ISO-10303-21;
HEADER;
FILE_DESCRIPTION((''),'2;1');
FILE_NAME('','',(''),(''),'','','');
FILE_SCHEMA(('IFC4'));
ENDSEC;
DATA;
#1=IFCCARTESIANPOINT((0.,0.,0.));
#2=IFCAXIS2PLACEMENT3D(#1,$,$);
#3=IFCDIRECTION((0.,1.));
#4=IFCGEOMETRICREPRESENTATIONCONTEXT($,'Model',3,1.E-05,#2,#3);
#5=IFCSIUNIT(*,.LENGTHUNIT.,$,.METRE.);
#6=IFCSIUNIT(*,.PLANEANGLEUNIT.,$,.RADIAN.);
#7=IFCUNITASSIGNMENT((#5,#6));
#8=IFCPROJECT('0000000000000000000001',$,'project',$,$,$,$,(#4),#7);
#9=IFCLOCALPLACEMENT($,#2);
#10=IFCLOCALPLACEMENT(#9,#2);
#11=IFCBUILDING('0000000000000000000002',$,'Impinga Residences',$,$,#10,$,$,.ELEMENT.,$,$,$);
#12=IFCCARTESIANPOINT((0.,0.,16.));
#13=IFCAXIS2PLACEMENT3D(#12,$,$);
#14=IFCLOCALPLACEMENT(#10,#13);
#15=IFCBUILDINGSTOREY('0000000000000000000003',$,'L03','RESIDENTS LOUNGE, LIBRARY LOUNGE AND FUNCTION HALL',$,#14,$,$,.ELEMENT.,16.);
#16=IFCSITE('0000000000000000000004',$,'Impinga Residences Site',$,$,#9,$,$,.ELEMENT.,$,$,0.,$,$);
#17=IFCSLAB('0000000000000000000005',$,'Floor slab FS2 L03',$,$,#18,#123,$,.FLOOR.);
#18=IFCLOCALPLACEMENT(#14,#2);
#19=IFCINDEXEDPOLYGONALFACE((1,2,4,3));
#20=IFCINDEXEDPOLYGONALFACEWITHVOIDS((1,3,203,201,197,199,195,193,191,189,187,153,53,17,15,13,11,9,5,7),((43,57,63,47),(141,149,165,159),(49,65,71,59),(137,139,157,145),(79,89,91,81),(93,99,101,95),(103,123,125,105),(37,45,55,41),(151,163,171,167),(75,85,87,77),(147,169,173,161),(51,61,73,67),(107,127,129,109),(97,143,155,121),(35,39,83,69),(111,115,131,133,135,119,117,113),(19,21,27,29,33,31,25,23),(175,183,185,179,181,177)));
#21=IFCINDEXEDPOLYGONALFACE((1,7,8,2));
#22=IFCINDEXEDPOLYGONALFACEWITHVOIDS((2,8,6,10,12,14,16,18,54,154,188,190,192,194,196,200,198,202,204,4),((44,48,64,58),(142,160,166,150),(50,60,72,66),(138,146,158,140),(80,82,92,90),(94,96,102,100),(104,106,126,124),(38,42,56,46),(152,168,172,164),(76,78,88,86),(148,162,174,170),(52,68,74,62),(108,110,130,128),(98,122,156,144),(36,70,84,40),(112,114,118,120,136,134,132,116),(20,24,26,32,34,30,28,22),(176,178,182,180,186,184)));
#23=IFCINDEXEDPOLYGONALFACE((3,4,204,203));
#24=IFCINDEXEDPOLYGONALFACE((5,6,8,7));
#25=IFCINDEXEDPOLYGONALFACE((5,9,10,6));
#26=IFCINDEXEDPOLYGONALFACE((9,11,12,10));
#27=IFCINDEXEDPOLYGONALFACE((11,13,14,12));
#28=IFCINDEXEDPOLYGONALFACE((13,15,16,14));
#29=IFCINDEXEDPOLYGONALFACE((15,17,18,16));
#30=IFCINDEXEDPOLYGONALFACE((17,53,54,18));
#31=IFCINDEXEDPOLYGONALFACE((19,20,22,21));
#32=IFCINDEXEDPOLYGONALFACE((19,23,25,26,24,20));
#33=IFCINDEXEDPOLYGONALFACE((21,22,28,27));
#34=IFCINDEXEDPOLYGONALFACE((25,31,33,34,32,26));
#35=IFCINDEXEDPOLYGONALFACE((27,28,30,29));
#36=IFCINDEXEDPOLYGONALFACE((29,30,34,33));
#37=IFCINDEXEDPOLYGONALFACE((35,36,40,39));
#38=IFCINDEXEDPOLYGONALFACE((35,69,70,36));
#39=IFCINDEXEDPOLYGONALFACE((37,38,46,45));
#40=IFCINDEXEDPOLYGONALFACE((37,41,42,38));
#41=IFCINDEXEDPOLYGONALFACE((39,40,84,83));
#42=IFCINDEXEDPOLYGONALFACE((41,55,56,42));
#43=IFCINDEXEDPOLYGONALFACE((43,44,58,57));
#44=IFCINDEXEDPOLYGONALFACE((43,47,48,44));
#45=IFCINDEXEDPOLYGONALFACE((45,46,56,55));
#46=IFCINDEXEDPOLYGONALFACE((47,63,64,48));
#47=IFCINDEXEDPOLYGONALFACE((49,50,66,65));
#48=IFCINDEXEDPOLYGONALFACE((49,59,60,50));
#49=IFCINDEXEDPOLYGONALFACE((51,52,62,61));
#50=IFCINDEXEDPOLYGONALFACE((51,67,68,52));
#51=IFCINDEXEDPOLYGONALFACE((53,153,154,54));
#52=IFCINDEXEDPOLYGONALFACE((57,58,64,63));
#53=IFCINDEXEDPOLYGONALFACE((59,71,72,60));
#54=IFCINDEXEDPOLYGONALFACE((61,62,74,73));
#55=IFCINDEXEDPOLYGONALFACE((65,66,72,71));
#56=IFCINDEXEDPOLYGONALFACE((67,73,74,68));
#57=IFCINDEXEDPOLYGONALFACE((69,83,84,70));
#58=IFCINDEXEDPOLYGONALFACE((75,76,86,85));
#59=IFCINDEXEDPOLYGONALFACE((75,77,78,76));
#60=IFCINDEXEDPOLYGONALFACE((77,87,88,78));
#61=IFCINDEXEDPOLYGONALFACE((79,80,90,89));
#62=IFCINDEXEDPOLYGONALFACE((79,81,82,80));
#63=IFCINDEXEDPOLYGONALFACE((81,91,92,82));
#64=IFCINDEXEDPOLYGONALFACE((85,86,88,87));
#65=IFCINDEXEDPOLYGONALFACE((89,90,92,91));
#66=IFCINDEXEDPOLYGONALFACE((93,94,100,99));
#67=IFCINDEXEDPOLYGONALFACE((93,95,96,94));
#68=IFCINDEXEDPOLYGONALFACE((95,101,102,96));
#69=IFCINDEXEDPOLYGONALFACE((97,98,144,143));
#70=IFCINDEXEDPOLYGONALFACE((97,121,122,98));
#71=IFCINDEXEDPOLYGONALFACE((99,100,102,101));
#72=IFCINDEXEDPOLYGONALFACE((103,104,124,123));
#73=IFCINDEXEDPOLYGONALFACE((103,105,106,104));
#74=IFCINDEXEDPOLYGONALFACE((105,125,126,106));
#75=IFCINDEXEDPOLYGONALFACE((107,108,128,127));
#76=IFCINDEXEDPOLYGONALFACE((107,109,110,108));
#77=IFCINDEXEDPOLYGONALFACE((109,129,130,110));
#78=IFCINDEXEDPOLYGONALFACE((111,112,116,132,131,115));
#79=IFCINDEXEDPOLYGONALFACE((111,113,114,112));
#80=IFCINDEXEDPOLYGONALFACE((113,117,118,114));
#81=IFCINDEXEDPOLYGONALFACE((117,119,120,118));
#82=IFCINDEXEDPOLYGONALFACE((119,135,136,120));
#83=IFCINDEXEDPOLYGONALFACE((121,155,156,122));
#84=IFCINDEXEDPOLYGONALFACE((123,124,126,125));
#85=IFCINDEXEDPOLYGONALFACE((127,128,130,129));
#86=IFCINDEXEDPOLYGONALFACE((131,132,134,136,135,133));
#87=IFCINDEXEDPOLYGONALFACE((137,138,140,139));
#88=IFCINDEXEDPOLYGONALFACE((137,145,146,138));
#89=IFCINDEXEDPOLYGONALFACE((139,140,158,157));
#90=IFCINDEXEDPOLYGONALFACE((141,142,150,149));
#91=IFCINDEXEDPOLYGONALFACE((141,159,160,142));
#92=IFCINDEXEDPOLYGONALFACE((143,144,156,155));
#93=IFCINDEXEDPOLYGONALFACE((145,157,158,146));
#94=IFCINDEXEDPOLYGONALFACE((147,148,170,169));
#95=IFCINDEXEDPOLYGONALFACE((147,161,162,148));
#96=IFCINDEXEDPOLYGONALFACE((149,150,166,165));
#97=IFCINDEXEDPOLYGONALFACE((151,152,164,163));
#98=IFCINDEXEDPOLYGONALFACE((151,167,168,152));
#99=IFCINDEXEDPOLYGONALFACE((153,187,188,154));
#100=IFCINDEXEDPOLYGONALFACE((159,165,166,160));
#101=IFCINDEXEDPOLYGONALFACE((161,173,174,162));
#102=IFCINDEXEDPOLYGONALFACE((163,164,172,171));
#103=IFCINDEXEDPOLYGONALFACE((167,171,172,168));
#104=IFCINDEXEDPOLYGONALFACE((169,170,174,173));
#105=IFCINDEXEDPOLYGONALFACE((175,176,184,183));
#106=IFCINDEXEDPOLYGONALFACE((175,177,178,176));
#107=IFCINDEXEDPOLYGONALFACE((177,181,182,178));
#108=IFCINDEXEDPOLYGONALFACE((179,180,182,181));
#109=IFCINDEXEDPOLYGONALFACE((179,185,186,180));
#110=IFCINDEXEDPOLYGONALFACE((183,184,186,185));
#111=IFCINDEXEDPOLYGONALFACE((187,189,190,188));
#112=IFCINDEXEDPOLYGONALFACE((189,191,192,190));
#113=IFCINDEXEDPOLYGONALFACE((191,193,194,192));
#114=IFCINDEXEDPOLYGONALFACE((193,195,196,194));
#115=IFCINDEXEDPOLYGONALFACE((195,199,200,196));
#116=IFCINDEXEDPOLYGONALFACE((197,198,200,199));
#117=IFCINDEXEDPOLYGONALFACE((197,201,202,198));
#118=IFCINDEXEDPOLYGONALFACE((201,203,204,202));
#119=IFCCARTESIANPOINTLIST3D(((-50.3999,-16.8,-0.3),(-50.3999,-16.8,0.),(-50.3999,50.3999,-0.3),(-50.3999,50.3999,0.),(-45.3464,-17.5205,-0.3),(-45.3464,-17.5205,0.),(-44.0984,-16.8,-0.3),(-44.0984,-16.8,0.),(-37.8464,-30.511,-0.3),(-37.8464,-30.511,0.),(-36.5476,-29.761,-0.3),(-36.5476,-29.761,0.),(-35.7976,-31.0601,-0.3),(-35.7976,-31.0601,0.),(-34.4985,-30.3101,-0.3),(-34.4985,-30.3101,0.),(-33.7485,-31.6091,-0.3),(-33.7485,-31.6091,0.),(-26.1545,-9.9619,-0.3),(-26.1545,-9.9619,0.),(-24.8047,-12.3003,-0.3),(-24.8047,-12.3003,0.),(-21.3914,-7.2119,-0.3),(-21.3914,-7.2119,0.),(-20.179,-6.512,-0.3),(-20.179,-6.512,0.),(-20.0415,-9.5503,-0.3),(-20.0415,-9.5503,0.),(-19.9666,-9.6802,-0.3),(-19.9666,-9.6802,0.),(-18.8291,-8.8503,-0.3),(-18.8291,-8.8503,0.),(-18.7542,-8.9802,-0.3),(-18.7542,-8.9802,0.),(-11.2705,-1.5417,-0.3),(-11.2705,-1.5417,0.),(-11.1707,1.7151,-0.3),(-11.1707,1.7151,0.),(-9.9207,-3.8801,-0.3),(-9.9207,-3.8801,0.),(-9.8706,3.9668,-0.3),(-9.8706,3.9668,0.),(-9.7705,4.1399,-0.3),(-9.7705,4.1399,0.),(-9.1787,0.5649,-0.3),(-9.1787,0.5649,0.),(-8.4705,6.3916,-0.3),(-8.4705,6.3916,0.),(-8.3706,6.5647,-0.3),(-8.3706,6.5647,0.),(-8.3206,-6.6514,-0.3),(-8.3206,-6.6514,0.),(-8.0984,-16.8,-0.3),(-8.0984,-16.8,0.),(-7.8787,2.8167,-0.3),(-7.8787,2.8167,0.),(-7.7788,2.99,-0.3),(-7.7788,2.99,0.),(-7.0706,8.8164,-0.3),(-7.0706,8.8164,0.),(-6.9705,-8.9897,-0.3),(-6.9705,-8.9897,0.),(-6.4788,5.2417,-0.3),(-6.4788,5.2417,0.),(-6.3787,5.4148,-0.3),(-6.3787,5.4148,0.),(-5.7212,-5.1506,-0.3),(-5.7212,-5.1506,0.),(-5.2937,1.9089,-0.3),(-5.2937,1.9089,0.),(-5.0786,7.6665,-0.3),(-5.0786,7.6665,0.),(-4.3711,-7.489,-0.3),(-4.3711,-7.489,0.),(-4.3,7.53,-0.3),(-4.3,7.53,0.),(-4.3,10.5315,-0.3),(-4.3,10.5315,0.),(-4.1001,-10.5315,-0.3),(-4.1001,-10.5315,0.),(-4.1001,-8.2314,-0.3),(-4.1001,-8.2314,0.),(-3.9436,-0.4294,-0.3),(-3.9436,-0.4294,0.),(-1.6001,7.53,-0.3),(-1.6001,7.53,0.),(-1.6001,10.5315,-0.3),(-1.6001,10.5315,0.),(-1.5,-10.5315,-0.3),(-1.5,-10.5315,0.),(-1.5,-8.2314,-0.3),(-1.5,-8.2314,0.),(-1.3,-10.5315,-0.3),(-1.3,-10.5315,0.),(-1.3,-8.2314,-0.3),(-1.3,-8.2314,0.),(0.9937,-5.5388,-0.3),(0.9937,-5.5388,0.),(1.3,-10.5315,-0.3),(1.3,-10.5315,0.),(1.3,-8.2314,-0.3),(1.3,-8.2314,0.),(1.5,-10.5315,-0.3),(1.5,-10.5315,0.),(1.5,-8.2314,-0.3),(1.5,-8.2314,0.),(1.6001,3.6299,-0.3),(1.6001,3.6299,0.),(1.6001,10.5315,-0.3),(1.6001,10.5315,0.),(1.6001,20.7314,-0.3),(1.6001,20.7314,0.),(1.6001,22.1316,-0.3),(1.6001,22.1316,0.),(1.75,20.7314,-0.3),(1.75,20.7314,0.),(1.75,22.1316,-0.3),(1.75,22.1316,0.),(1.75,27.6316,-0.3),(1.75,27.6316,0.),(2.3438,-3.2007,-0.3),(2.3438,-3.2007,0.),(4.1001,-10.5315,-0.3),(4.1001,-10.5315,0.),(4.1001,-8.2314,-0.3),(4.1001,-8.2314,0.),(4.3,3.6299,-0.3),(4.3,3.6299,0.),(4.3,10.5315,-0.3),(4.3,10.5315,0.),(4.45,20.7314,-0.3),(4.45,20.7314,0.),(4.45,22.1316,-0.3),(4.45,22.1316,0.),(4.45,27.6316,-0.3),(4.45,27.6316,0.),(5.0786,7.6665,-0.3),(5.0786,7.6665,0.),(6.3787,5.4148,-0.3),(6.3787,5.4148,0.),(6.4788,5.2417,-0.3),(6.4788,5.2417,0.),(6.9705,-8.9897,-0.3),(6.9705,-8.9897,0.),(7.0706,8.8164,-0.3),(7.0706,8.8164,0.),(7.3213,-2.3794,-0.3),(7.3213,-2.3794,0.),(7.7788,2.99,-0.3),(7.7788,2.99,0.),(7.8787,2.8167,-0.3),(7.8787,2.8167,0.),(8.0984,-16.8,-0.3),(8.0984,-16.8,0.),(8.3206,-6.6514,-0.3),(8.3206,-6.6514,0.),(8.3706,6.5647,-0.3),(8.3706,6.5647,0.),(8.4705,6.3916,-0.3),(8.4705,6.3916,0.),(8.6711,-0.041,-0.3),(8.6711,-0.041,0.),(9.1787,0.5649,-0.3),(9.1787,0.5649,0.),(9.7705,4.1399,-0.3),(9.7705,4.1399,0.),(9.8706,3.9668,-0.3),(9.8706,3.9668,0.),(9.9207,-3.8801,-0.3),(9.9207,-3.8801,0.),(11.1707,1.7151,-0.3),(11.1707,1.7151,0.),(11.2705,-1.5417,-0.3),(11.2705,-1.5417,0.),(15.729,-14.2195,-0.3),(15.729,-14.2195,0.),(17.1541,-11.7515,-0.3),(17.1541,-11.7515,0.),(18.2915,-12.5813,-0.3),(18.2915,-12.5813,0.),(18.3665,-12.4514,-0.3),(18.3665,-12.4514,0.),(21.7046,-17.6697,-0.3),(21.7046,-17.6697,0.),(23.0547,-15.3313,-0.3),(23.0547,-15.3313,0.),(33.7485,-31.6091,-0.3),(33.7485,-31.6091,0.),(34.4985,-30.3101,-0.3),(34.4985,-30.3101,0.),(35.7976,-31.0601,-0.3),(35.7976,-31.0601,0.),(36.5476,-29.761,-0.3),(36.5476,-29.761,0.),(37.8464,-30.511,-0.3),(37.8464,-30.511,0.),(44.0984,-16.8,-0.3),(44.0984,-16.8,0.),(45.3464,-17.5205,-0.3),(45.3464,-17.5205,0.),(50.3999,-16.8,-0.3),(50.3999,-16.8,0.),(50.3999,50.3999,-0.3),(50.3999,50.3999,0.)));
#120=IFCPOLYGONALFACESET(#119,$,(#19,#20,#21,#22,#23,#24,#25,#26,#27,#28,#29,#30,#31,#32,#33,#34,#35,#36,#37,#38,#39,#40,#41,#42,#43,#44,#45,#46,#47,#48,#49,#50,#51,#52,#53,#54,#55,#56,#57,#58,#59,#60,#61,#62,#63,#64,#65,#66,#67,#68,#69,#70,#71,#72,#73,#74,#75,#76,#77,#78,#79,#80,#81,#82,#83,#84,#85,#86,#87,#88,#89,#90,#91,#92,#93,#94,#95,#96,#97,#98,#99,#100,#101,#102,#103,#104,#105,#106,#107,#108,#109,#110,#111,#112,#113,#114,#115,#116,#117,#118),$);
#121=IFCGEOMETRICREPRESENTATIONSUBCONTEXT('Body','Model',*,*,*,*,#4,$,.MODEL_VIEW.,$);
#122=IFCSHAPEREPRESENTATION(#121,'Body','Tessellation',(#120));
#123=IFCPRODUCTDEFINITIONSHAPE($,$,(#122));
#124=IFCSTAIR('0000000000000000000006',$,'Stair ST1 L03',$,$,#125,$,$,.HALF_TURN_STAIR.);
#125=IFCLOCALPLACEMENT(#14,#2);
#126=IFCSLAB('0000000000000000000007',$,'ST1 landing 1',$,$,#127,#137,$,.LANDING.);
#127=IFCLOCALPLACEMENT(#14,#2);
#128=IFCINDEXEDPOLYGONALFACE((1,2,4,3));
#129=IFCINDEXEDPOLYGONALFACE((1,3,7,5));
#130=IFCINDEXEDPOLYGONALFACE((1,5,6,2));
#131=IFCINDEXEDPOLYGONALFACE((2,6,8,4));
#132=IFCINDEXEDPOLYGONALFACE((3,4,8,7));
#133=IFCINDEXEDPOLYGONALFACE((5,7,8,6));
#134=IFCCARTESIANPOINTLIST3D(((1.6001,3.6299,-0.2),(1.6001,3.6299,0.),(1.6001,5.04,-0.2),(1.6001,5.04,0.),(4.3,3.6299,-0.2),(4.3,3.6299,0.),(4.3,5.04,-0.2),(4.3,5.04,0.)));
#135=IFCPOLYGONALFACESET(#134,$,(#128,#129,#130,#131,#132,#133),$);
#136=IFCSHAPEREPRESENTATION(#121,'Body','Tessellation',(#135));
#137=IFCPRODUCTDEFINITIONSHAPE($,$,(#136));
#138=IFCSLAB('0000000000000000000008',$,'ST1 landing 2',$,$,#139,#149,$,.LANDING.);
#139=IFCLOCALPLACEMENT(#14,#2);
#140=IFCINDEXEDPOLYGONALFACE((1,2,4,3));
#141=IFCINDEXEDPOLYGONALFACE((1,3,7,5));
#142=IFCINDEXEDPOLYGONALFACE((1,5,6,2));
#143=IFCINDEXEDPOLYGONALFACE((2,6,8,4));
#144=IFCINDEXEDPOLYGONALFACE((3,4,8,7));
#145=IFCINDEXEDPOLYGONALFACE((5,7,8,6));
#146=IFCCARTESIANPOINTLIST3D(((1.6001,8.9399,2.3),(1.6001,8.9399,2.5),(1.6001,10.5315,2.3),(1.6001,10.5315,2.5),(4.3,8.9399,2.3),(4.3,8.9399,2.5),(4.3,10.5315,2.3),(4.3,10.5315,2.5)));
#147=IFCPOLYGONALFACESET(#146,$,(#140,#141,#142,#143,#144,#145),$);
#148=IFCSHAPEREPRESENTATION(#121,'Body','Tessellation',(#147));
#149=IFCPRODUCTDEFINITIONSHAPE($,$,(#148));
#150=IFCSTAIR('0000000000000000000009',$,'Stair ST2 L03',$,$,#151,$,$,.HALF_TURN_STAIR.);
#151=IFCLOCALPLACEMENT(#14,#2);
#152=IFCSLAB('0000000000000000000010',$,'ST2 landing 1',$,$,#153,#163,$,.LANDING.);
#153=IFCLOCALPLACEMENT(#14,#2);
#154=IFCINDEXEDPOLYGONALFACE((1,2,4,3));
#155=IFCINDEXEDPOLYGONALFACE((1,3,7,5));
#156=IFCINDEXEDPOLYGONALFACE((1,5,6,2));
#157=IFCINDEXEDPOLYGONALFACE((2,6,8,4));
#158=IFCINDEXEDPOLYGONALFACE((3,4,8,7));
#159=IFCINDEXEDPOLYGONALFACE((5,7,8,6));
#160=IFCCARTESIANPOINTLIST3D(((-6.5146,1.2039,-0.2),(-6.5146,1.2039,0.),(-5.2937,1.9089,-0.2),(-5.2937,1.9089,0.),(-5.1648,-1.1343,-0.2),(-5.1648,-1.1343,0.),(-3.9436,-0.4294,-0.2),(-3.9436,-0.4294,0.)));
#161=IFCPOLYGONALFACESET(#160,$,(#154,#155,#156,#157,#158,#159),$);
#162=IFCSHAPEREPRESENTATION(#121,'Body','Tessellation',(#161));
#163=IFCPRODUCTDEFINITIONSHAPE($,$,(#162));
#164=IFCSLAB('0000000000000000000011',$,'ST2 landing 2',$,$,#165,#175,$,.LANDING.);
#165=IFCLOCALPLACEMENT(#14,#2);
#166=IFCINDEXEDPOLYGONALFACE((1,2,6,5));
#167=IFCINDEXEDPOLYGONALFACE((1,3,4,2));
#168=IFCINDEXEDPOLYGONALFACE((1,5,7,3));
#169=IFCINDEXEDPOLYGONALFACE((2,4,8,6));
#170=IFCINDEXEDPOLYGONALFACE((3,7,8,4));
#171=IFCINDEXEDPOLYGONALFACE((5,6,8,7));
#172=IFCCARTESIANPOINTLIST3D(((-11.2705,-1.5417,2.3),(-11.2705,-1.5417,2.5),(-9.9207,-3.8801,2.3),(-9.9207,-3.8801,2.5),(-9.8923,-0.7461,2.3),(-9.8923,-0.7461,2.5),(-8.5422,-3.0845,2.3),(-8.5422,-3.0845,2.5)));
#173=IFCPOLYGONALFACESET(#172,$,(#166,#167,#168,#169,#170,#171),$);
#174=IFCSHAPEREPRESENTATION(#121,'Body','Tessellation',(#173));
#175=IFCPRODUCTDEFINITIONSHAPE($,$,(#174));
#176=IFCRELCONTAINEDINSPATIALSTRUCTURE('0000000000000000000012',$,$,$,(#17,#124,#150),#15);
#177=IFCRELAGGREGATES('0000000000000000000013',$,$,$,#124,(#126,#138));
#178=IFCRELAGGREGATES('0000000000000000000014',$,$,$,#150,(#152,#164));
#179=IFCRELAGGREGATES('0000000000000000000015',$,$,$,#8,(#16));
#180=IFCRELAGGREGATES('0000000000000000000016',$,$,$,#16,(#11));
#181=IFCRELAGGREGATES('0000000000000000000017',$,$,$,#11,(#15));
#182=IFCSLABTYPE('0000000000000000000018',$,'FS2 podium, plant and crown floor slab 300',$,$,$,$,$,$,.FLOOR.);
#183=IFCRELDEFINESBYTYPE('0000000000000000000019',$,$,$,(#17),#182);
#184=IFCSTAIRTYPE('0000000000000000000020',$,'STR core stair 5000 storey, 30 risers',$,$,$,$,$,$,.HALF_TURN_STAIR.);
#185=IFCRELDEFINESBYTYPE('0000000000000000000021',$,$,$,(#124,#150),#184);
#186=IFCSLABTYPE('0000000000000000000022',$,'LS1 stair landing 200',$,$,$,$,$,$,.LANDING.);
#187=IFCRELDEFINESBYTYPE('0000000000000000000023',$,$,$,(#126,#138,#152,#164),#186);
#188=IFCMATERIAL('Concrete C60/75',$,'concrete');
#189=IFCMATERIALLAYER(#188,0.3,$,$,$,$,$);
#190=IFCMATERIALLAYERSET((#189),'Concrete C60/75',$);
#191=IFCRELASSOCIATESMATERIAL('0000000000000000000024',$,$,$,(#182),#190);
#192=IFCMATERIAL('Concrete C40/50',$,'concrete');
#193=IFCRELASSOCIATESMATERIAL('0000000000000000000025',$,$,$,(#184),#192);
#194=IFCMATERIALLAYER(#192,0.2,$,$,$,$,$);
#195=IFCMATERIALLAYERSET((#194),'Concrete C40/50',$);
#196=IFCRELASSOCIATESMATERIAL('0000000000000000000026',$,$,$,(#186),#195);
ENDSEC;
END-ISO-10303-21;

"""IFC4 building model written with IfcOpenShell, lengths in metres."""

from ifc_helpers import new_model, si_unit, direction, frame, origin, place, context, subcontext, project, spatial, polyline, outline, extrude, material, layer, layer_set, type_object, element, aggregate, save


model = new_model("IFC4")

# Units and contexts
model_context = context("Model", 3, precision=1e-05, world=origin(), true_north=direction((0.0, 1.0)))
body_context = subcontext(model_context, "Body", "Model", "MODEL_VIEW")
ifc_project = project(units=[si_unit("LENGTHUNIT", "METRE"), si_unit("PLANEANGLEUNIT", "RADIAN")], contexts=[model_context])

# Site, building, storey
site_placement = place(None, origin())
site = spatial("IfcSite", under=ifc_project, at=site_placement, Name="Impinga Residences Site", CompositionType="ELEMENT", RefElevation=0.0)
building_placement = place(site_placement, origin())
building = spatial("IfcBuilding", under=site, at=building_placement, Name="Impinga Residences", CompositionType="ELEMENT")
storey_placement = place(building_placement, frame((0.0, 0.0, 16.0)))
storey = spatial("IfcBuildingStorey", under=building, at=storey_placement, Name="L03", Description="RESIDENTS LOUNGE, LIBRARY LOUNGE AND FUNCTION HALL", CompositionType="ELEMENT", Elevation=16.0)

# Slab
ifc_material_1 = material(Name="Concrete C60/75", Category="concrete")
ifc_layer_1 = layer(ifc_material_1, 0.3)
ifc_layer_set_1 = layer_set([ifc_layer_1], Name="Concrete C60/75")
slab_type_1 = type_object("IfcSlabType", Name="FS2 podium, plant and crown floor slab 300", PredefinedType="FLOOR", material=ifc_layer_set_1)
slab_1_placement = place(storey_placement, frame((0.0, 0.0, -0.3)))
element("IfcSlab", 1, at=slab_1_placement, inside=storey, type_object=slab_type_1, Name="Floor slab FS2 L03", PredefinedType="FLOOR", context=body_context, shape_type="SweptSolid", body=[
    extrude(outline(polyline([(-35.7976, -31.0601), (-36.5476, -29.761), (-37.8464, -30.511), (-45.3464, -17.5205), (-44.0984, -16.8), (-50.3999, -16.8), (-50.3999, 50.3999), (50.3999, 50.3999), (50.3999, -16.8), (44.0984, -16.8), (45.3464, -17.5205), (37.8464, -30.511), (36.5476, -29.761), (35.7976, -31.0601), (34.4985, -30.3101), (33.7485, -31.6091), (8.0984, -16.8), (-8.0984, -16.8), (-33.7485, -31.6091), (-34.4985, -30.3101), (-35.7976, -31.0601)]), holes=[polyline([(-21.3914, -7.2119), (-26.1545, -9.9619), (-24.8047, -12.3003), (-20.0415, -9.5503), (-19.9666, -9.6802), (-18.7542, -8.9802), (-18.8291, -8.8503), (-18.8291, -8.8503), (-20.179, -6.512), (-21.3914, -7.2119), (-21.3914, -7.2119)]), polyline([(-1.5, -8.2314), (-4.1001, -8.2314), (-4.1001, -10.5315), (-1.5, -10.5315), (-1.5, -8.2314)]), polyline([(1.3, -8.2314), (-1.3, -8.2314), (-1.3, -10.5315), (1.3, -10.5315), (1.3, -8.2314)]), polyline([(1.5, -8.2314), (1.5, -10.5315), (4.1001, -10.5315), (4.1001, -8.2314), (1.5, -8.2314)]), polyline([(-5.7212, -5.1506), (-8.3206, -6.6514), (-6.9705, -8.9897), (-4.3711, -7.489), (-5.7212, -5.1506)]), polyline([(-3.9436, -0.4294), (-5.2937, 1.9089), (-11.2705, -1.5417), (-9.9207, -3.8801), (-3.9436, -0.4294)]), polyline([(-9.1787, 0.5649), (-7.8787, 2.8167), (-9.8706, 3.9668), (-11.1707, 1.7151), (-9.1787, 0.5649)]), polyline([(-6.4788, 5.2417), (-8.4705, 6.3916), (-9.7705, 4.1399), (-7.7788, 2.99), (-6.4788, 5.2417)]), polyline([(-6.3787, 5.4148), (-5.0786, 7.6665), (-7.0706, 8.8164), (-8.3706, 6.5647), (-6.3787, 5.4148)]), polyline([(-4.3, 7.53), (-1.6001, 7.53), (-1.6001, 10.5315), (-4.3, 10.5315), (-4.3, 7.53)]), polyline([(15.729, -14.2195), (21.7046, -17.6697), (23.0547, -15.3313), (18.2915, -12.5813), (18.3665, -12.4514), (17.1541, -11.7515), (15.729, -14.2195)]), polyline([(0.9937, -5.5388), (6.9705, -8.9897), (8.3206, -6.6514), (2.3438, -3.2007), (0.9937, -5.5388)]), polyline([(8.6711, -0.041), (7.3213, -2.3794), (9.9207, -3.8801), (11.2705, -1.5417), (8.6711, -0.041)]), polyline([(7.8787, 2.8167), (9.1787, 0.5649), (11.1707, 1.7151), (9.8706, 3.9668), (7.8787, 2.8167)]), polyline([(7.7788, 2.99), (9.7705, 4.1399), (8.4705, 6.3916), (6.4788, 5.2417), (7.7788, 2.99)]), polyline([(1.6001, 3.6299), (4.3, 3.6299), (4.3, 10.5315), (1.6001, 10.5315), (1.6001, 3.6299)]), polyline([(5.0786, 7.6665), (6.3787, 5.4148), (8.3706, 6.5647), (7.0706, 8.8164), (5.0786, 7.6665)]), polyline([(1.75, 22.1316), (1.6001, 22.1316), (1.6001, 20.7314), (1.75, 20.7314), (4.45, 20.7314), (4.45, 22.1316), (4.45, 27.6316), (1.75, 27.6316), (1.75, 22.1316)])]), origin(), (0.0, 0.0, 1.0), 0.3),
])

# Stairs, slabs
ifc_material_2 = material(Name="Concrete C40/50", Category="concrete")
stair_type = type_object("IfcStairType", Name="STR core stair 5000 storey, 30 risers", PredefinedType="HALF_TURN_STAIR", material=ifc_material_2)
stair_1_placement = place(storey_placement, origin())
stair_1 = element("IfcStair", 2, at=stair_1_placement, inside=storey, type_object=stair_type, Name="Stair ST1 L03", PredefinedType="HALF_TURN_STAIR")
ifc_layer_2 = layer(ifc_material_2, 0.2)
ifc_layer_set_2 = layer_set([ifc_layer_2], Name="Concrete C40/50")
slab_type_2 = type_object("IfcSlabType", Name="LS1 stair landing 200", PredefinedType="LANDING", material=ifc_layer_set_2)
slab_2_placement = place(storey_placement, frame((0.0, 0.0, -0.2)))
slab_2 = element("IfcSlab", 3, at=slab_2_placement, type_object=slab_type_2, Name="ST1 landing 1", PredefinedType="LANDING", context=body_context, shape_type="SweptSolid", body=[
    extrude(outline(polyline([(1.6001, 3.6299), (4.3, 3.6299), (4.3, 5.04), (1.6001, 5.04), (1.6001, 3.6299)])), origin(), (0.0, 0.0, 1.0), 0.2),
])
slab_3_placement = place(storey_placement, frame((0.0, 0.0, 2.3)))
slab_3 = element("IfcSlab", 4, at=slab_3_placement, type_object=slab_type_2, Name="ST1 landing 2", PredefinedType="LANDING", context=body_context, shape_type="SweptSolid", body=[
    extrude(outline(polyline([(1.6001, 8.9399), (4.3, 8.9399), (4.3, 10.5315), (1.6001, 10.5315), (1.6001, 8.9399)])), origin(), (0.0, 0.0, 1.0), 0.2),
])
aggregate(stair_1, [slab_2, slab_3])
stair_2_placement = place(storey_placement, origin())
stair_2 = element("IfcStair", 5, at=stair_2_placement, inside=storey, type_object=stair_type, Name="Stair ST2 L03", PredefinedType="HALF_TURN_STAIR")
slab_4_placement = place(storey_placement, frame((0.0, 0.0, -0.2)))
slab_4 = element("IfcSlab", 6, at=slab_4_placement, type_object=slab_type_2, Name="ST2 landing 1", PredefinedType="LANDING", context=body_context, shape_type="SweptSolid", body=[
    extrude(outline(polyline([(-3.9436, -0.4294), (-5.2937, 1.9089), (-6.5146, 1.2039), (-5.1648, -1.1343), (-3.9436, -0.4294)])), origin(), (0.0, 0.0, 1.0), 0.2),
])
slab_5_placement = place(storey_placement, frame((0.0, 0.0, 2.3)))
slab_5 = element("IfcSlab", 7, at=slab_5_placement, type_object=slab_type_2, Name="ST2 landing 2", PredefinedType="LANDING", context=body_context, shape_type="SweptSolid", body=[
    extrude(outline(polyline([(-8.5422, -3.0845), (-9.8923, -0.7461), (-11.2705, -1.5417), (-9.9207, -3.8801), (-8.5422, -3.0845)])), origin(), (0.0, 0.0, 1.0), 0.2),
])
aggregate(stair_2, [slab_4, slab_5])

save(model, "model.ifc")
